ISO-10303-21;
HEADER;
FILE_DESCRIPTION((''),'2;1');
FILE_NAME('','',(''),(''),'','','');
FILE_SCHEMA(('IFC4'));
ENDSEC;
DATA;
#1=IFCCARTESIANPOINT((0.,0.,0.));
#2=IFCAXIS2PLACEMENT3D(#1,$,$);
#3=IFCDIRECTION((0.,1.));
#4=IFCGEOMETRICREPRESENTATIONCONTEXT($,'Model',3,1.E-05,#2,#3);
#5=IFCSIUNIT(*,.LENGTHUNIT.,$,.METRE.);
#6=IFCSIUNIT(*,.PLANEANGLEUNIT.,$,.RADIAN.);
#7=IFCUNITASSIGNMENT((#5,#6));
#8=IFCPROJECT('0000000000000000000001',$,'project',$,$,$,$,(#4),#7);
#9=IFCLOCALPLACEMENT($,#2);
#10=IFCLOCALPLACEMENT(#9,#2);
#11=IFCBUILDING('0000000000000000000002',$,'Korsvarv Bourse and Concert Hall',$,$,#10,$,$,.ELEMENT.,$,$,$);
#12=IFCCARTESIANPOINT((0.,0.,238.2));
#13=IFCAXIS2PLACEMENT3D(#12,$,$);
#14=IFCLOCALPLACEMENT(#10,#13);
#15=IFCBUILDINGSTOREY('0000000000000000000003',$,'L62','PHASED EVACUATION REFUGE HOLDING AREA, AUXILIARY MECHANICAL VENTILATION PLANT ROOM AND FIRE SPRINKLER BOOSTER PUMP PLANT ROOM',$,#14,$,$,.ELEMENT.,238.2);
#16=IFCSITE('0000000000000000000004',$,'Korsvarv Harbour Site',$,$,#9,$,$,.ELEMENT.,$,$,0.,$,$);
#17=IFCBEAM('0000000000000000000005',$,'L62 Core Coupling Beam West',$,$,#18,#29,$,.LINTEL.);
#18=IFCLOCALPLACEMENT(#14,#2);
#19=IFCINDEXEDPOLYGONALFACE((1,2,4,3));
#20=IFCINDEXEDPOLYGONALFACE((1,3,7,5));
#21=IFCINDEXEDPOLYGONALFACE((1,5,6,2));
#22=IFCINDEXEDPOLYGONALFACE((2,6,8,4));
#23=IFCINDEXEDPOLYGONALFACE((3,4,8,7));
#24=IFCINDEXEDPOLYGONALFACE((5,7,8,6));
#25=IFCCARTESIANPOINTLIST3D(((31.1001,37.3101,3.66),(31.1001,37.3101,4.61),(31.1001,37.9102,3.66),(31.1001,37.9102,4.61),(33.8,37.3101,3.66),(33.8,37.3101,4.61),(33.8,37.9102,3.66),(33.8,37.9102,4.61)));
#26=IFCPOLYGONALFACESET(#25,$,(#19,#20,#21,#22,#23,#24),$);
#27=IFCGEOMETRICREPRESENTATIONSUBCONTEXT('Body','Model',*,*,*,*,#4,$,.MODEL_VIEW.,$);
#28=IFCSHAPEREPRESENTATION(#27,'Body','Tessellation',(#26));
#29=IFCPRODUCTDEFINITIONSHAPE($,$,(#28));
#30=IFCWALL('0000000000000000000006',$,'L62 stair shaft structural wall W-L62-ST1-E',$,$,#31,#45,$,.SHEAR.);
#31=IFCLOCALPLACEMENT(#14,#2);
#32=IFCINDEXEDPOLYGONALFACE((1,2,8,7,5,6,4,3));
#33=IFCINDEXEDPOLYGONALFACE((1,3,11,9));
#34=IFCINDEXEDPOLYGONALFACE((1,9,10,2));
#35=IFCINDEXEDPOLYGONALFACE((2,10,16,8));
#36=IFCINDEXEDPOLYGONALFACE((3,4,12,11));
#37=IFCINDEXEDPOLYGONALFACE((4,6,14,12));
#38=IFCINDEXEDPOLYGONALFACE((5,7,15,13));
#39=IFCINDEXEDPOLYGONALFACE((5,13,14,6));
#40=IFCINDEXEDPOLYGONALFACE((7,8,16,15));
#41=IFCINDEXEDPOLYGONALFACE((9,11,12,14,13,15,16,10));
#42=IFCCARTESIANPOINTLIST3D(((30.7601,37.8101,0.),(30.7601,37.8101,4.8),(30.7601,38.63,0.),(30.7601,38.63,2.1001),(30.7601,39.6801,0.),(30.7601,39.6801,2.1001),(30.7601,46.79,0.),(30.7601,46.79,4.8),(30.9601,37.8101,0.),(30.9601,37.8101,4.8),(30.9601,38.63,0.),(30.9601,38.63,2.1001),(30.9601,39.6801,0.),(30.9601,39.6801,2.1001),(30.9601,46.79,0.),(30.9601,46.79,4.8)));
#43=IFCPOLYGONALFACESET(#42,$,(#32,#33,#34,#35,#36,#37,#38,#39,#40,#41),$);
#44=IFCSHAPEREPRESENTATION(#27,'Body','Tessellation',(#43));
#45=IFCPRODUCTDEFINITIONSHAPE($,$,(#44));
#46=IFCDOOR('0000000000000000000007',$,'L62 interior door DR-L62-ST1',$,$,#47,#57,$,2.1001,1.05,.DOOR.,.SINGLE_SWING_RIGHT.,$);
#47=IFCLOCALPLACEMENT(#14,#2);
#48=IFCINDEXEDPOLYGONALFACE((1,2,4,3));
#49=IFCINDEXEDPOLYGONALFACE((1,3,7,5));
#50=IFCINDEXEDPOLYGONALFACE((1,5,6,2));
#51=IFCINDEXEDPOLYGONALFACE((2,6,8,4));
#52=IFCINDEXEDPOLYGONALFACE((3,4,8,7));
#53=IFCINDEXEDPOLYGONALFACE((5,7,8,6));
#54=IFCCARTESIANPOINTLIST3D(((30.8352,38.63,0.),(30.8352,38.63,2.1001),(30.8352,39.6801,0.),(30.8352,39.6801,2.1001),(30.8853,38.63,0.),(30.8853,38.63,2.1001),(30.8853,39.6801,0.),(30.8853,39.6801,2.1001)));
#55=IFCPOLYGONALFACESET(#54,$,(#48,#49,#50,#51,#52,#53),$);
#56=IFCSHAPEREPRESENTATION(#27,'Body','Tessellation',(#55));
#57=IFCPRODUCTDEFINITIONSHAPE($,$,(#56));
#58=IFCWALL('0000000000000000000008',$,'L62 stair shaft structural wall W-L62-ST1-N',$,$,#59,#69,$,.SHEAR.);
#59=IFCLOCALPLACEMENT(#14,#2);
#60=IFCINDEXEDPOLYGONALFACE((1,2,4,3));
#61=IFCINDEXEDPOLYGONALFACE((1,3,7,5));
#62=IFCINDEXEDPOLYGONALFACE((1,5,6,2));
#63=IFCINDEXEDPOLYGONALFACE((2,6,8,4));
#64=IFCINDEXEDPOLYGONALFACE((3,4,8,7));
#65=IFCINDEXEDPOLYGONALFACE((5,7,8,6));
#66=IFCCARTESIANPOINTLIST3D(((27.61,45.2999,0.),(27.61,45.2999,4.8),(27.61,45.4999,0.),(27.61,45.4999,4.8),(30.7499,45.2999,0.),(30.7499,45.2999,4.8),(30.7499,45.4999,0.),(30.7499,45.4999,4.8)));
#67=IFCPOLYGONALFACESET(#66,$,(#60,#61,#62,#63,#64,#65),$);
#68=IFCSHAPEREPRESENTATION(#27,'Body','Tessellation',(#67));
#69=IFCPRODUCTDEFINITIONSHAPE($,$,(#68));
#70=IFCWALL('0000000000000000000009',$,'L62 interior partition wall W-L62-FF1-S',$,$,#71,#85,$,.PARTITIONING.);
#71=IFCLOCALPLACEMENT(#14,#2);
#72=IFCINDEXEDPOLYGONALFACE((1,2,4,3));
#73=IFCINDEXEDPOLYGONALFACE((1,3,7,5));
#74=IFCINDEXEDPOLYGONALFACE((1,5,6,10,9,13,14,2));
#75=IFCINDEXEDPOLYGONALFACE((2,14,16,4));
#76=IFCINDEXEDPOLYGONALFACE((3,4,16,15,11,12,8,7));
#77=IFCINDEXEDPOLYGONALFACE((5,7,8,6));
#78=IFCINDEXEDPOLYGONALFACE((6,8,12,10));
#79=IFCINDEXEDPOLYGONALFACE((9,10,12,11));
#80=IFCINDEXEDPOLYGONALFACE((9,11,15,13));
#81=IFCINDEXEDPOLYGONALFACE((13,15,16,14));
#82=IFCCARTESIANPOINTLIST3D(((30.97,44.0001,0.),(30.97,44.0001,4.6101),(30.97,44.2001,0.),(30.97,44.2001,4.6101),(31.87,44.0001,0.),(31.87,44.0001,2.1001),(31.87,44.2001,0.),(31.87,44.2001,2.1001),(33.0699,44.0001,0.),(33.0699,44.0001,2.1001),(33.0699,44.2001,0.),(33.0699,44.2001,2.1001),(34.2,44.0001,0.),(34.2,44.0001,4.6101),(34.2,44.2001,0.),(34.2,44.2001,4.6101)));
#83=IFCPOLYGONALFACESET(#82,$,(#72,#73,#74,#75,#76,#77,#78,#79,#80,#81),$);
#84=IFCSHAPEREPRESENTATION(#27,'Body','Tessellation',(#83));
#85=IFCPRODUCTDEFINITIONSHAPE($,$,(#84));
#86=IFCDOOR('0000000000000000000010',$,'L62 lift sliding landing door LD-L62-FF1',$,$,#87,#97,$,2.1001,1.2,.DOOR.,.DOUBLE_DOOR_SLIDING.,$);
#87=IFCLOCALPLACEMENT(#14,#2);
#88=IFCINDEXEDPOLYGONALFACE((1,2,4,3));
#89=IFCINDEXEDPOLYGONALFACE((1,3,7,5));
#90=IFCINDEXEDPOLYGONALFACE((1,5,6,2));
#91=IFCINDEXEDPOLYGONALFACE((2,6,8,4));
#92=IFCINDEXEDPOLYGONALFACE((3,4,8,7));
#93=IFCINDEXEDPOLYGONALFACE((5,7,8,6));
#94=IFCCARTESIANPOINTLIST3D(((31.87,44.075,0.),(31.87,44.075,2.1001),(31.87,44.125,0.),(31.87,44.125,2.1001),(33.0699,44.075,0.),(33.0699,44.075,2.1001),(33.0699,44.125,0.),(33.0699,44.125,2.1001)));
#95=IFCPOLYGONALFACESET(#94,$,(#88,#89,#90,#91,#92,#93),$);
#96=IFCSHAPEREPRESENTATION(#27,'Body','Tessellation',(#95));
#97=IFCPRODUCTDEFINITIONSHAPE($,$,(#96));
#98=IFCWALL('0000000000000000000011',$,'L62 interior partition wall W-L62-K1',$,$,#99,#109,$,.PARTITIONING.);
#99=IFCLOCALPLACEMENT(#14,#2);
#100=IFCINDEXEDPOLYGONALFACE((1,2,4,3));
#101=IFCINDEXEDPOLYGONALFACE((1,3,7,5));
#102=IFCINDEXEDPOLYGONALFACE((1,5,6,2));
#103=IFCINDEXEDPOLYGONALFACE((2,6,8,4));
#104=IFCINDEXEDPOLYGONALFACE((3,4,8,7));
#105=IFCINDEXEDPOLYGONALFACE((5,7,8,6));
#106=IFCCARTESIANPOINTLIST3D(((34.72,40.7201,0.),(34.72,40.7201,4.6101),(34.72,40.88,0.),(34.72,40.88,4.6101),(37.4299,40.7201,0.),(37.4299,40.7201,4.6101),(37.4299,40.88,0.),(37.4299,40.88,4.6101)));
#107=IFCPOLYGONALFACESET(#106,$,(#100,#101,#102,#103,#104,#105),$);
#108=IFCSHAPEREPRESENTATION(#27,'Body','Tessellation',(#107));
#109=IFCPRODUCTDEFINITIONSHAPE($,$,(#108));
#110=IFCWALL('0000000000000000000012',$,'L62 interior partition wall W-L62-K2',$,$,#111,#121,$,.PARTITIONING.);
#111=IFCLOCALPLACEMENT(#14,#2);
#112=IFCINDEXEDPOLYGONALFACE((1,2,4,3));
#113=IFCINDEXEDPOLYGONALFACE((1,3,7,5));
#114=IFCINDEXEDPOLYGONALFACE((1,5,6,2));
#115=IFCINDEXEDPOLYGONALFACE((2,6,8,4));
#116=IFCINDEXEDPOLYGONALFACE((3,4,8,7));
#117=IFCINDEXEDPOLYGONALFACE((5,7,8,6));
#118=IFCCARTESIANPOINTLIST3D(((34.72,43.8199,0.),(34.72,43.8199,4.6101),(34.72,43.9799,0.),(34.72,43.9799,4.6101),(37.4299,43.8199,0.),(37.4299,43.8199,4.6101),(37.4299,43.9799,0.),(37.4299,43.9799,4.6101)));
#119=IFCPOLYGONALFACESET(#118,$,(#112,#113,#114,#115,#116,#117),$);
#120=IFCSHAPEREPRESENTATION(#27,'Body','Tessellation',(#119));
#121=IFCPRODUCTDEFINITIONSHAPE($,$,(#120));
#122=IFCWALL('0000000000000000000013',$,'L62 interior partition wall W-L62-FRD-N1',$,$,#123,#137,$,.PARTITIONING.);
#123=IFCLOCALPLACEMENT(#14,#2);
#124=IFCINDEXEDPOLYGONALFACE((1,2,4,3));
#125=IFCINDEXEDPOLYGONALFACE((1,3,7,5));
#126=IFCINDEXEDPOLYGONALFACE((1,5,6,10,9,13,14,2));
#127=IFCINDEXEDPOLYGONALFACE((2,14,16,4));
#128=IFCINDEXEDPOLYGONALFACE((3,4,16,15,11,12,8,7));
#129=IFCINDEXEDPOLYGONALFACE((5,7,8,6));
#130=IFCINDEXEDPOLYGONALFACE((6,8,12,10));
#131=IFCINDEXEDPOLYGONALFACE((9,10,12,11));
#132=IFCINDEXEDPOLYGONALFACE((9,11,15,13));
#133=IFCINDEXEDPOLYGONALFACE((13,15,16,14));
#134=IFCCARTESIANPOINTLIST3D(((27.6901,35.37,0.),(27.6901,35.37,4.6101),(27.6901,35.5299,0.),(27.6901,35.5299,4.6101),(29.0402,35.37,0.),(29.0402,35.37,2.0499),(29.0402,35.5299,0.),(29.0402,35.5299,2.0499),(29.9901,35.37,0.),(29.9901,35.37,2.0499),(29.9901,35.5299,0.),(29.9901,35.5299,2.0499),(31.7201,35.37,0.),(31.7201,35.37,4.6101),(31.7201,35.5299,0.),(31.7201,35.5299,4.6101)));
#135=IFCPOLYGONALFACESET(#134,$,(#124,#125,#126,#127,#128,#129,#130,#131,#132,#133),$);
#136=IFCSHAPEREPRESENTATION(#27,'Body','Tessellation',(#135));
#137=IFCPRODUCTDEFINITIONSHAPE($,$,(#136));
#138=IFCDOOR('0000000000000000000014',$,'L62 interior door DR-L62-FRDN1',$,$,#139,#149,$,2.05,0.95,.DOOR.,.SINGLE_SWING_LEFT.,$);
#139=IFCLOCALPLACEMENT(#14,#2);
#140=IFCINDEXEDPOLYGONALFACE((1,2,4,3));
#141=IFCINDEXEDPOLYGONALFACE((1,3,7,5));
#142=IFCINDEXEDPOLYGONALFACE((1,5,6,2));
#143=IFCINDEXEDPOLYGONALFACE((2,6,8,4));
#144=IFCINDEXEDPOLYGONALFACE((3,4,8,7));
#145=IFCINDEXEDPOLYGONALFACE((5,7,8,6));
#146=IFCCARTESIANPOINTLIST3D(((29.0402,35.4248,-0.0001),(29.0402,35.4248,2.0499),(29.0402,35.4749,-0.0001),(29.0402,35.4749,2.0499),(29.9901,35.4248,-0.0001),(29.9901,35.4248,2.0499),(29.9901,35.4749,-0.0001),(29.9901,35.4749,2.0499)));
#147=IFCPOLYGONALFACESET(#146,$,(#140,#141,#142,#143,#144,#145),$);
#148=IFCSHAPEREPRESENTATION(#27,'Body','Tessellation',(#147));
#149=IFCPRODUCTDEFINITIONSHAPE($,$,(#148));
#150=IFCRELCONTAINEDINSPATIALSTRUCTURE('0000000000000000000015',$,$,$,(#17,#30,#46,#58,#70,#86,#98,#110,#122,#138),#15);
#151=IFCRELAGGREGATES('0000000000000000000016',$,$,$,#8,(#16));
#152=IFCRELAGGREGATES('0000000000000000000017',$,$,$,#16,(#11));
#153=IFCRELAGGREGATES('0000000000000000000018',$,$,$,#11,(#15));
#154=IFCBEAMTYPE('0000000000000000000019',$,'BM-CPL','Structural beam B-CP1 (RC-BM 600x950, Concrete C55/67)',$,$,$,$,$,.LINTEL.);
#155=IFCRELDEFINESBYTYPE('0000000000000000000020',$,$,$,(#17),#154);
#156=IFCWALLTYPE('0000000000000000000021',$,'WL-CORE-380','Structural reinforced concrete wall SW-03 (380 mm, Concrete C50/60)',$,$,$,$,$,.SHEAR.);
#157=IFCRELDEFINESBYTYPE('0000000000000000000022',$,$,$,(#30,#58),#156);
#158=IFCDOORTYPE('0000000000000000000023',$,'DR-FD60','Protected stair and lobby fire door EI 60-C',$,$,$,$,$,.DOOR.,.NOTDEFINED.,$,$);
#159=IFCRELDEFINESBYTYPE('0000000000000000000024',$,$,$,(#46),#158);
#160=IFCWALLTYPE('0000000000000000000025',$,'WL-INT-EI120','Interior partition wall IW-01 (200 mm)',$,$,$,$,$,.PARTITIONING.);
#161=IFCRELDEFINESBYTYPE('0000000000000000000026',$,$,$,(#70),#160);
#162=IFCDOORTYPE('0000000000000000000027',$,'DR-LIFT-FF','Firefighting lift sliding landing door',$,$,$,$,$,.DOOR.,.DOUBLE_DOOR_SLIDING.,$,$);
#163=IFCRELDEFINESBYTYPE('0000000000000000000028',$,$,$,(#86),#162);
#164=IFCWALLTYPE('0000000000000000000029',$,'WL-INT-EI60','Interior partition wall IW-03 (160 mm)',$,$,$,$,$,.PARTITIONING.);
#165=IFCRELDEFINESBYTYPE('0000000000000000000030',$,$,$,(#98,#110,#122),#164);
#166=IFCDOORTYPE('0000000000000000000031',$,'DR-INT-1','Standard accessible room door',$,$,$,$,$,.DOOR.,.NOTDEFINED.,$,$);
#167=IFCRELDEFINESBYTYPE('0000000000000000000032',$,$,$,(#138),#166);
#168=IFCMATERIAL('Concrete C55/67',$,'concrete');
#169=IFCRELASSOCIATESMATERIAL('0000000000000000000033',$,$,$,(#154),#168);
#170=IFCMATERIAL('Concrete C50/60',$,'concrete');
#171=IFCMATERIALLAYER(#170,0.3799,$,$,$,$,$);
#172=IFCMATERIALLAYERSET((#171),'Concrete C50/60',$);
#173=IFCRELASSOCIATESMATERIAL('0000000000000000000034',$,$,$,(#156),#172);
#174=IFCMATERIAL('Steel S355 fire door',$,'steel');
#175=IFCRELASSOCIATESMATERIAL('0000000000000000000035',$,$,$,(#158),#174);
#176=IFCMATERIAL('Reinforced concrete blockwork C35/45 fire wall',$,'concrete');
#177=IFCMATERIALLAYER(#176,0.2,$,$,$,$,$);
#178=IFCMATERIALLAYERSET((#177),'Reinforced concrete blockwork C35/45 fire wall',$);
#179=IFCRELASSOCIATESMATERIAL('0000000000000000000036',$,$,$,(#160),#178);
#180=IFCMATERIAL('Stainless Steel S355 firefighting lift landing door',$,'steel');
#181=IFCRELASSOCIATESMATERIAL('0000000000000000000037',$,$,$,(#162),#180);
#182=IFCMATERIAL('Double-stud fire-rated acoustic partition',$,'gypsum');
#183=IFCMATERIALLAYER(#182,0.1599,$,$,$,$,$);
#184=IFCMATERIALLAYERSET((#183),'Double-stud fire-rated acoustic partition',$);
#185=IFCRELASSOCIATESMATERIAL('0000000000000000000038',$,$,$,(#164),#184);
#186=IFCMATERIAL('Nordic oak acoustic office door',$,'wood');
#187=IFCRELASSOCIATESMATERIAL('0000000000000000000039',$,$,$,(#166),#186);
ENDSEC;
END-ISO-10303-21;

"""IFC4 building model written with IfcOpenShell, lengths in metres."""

from ifc_helpers import new_model, si_unit, direction, frame, frame_2d, origin, origin_2d, place, context, subcontext, project, spatial, rectangle, extrude, source, transform, mapped, material, layer, layer_set, material_profile, profile_set, type_object, element, fill, save


model = new_model("IFC4")

# Units and contexts
model_context = context("Model", 3, precision=1e-05, world=origin(), true_north=direction((0.0, 1.0)))
body_context = subcontext(model_context, "Body", "Model", "MODEL_VIEW")
ifc_project = project(units=[si_unit("LENGTHUNIT", "METRE"), si_unit("PLANEANGLEUNIT", "RADIAN")], contexts=[model_context])

# Site, building, storey
site_placement = place(None, origin())
site = spatial("IfcSite", under=ifc_project, at=site_placement, Name="Korsvarv Harbour Site", CompositionType="ELEMENT", RefElevation=0.0)
building_placement = place(site_placement, origin())
building = spatial("IfcBuilding", under=site, at=building_placement, Name="Korsvarv Bourse and Concert Hall", CompositionType="ELEMENT")
storey_placement = place(building_placement, frame((0.0, 0.0, 238.2)))
storey = spatial("IfcBuildingStorey", under=building, at=storey_placement, Name="L62", Description="PHASED EVACUATION REFUGE HOLDING AREA, AUXILIARY MECHANICAL VENTILATION PLANT ROOM AND FIRE SPRINKLER BOOSTER PUMP PLANT ROOM", CompositionType="ELEMENT", Elevation=238.2)

# Beam
ifc_material_1 = material(Name="Concrete C55/67", Category="concrete")
ifc_material_profile = material_profile(ifc_material_1, rectangle(XDim=0.6001, YDim=0.95, at=origin_2d()), Name="RC-BM 600x950")
ifc_profile_set = profile_set([ifc_material_profile], Name="Concrete C55/67")
beam_type = type_object("IfcBeamType", Name="BM-CPL", Description="Structural beam B-CP1 (RC-BM 600x950, Concrete C55/67)", PredefinedType="LINTEL", material=ifc_profile_set)
shared_shape = source(origin(), body_context, "Body", "SweptSolid", [
    extrude(rectangle(XDim=0.6001, YDim=0.95, at=origin_2d()), origin(), (0.0, 0.0, 1.0), 2.7),
])
beam_placement = place(storey_placement, frame((31.1001, 37.6101, 4.135), z_axis=(1.0, 0.0, 0.0), x_axis=(0.0, 1.0, 0.0)))
element("IfcBeam", 1, at=beam_placement, inside=storey, type_object=beam_type, Name="L62 Core Coupling Beam West", PredefinedType="LINTEL", context=body_context, shape_type="MappedRepresentation", body=[
    mapped(shared_shape, transform((0.0, 0.0, 0.0), scale=1.0)),
])

# Wall, opening, door
ifc_material_2 = material(Name="Concrete C50/60", Category="concrete")
ifc_layer_1 = layer(ifc_material_2, 0.3799)
ifc_layer_set_1 = layer_set([ifc_layer_1], Name="Concrete C50/60")
wall_type_1 = type_object("IfcWallType", Name="WL-CORE-380", Description="Structural reinforced concrete wall SW-03 (380 mm, Concrete C50/60)", PredefinedType="SHEAR", material=ifc_layer_set_1)
wall_1_placement = place(storey_placement, frame((30.8601, 37.8101, 0.0), z_axis=(0.0, 0.0, 1.0), x_axis=(0.0, 1.0, 0.0)))
wall_1 = element("IfcWall", 2, at=wall_1_placement, inside=storey, type_object=wall_type_1, Name="L62 stair shaft structural wall W-L62-ST1-E", PredefinedType="SHEAR", context=body_context, shape_type="SweptSolid", body=[
    extrude(rectangle(XDim=8.98, YDim=0.2, at=frame_2d((4.49, 0.0))), origin(), (0.0, 0.0, 1.0), 4.8),
])
opening_1_placement = place(wall_1_placement, frame((0.8201, 0.0, 0.0)))
opening_1 = element("IfcOpeningElement", 3, at=opening_1_placement, cuts=wall_1, PredefinedType="OPENING", context=body_context, shape_type="SweptSolid", body=[
    extrude(rectangle(XDim=1.05, YDim=2.1001, at=frame_2d((0.5249, 1.05))), frame((0.0, 0.1099, 0.0), z_axis=(0.0, -1.0, 0.0), x_axis=(1.0, 0.0, 0.0)), (0.0, 0.0, 1.0), 0.22),
])
ifc_material_3 = material(Name="Steel S355 fire door", Category="steel")
door_type_1 = type_object("IfcDoorType", Name="DR-FD60", Description="Protected stair and lobby fire door EI 60-C", OperationType="NOTDEFINED", PredefinedType="DOOR", material=ifc_material_3)
door_1_placement = place(opening_1_placement, origin())
door_1 = element("IfcDoor", 4, at=door_1_placement, inside=storey, type_object=door_type_1, Name="L62 interior door DR-L62-ST1", OperationType="SINGLE_SWING_RIGHT", OverallHeight=2.1001, OverallWidth=1.05, PredefinedType="DOOR", context=body_context, shape_type="SweptSolid", body=[
    extrude(rectangle(XDim=1.05, YDim=2.1001, at=frame_2d((0.5249, 1.05))), frame((0.0, 0.0249, 0.0), z_axis=(0.0, -1.0, 0.0), x_axis=(1.0, 0.0, 0.0)), (0.0, 0.0, 1.0), 0.05),
])
fill(opening_1, door_1)

# Wall
wall_2_placement = place(storey_placement, frame((27.6101, 45.3999, 0.0), z_axis=(0.0, 0.0, 1.0), x_axis=(1.0, 0.0, 0.0)))
element("IfcWall", 5, at=wall_2_placement, inside=storey, type_object=wall_type_1, Name="L62 stair shaft structural wall W-L62-ST1-N", PredefinedType="SHEAR", context=body_context, shape_type="SweptSolid", body=[
    extrude(rectangle(XDim=3.1399, YDim=0.2, at=frame_2d((1.5698, 0.0))), origin(), (0.0, 0.0, 1.0), 4.8),
])

# Wall, opening, door
ifc_material_4 = material(Name="Reinforced concrete blockwork C35/45 fire wall", Category="concrete")
ifc_layer_2 = layer(ifc_material_4, 0.2)
ifc_layer_set_2 = layer_set([ifc_layer_2], Name="Reinforced concrete blockwork C35/45 fire wall")
wall_type_2 = type_object("IfcWallType", Name="WL-INT-EI120", Description="Interior partition wall IW-01 (200 mm)", PredefinedType="PARTITIONING", material=ifc_layer_set_2)
wall_3_placement = place(storey_placement, frame((30.97, 44.1001, 0.0), z_axis=(0.0, 0.0, 1.0), x_axis=(1.0, 0.0, 0.0)))
wall_3 = element("IfcWall", 6, at=wall_3_placement, inside=storey, type_object=wall_type_2, Name="L62 interior partition wall W-L62-FF1-S", PredefinedType="PARTITIONING", context=body_context, shape_type="SweptSolid", body=[
    extrude(rectangle(XDim=3.23, YDim=0.2, at=frame_2d((1.615, 0.0))), origin(), (0.0, 0.0, 1.0), 4.6101),
])
opening_2_placement = place(wall_3_placement, frame((0.8999, 0.0, 0.0)))
opening_2 = element("IfcOpeningElement", 7, at=opening_2_placement, cuts=wall_3, PredefinedType="OPENING", context=body_context, shape_type="SweptSolid", body=[
    extrude(rectangle(XDim=1.2, YDim=2.1001, at=frame_2d((0.6001, 1.05))), frame((0.0, 0.1099, 0.0), z_axis=(0.0, -1.0, 0.0), x_axis=(1.0, 0.0, 0.0)), (0.0, 0.0, 1.0), 0.22),
])
ifc_material_5 = material(Name="Stainless Steel S355 firefighting lift landing door", Category="steel")
door_type_2 = type_object("IfcDoorType", Name="DR-LIFT-FF", Description="Firefighting lift sliding landing door", OperationType="DOUBLE_DOOR_SLIDING", PredefinedType="DOOR", material=ifc_material_5)
door_2_placement = place(opening_2_placement, origin())
door_2 = element("IfcDoor", 8, at=door_2_placement, inside=storey, type_object=door_type_2, Name="L62 lift sliding landing door LD-L62-FF1", OperationType="DOUBLE_DOOR_SLIDING", OverallHeight=2.1001, OverallWidth=1.2, PredefinedType="DOOR", context=body_context, shape_type="SweptSolid", body=[
    extrude(rectangle(XDim=1.2, YDim=2.1001, at=frame_2d((0.6001, 1.05))), frame((0.0, 0.0249, 0.0), z_axis=(0.0, -1.0, 0.0), x_axis=(1.0, 0.0, 0.0)), (0.0, 0.0, 1.0), 0.05),
])
fill(opening_2, door_2)

# Walls
ifc_material_6 = material(Name="Double-stud fire-rated acoustic partition", Category="gypsum")
ifc_layer_3 = layer(ifc_material_6, 0.1599)
ifc_layer_set_3 = layer_set([ifc_layer_3], Name="Double-stud fire-rated acoustic partition")
wall_type_3 = type_object("IfcWallType", Name="WL-INT-EI60", Description="Interior partition wall IW-03 (160 mm)", PredefinedType="PARTITIONING", material=ifc_layer_set_3)
for number, where, z_axis, x_axis, name in (
    (9, (34.72, 40.8, 0.0), (0.0, 0.0, 1.0), (1.0, 0.0, 0.0), "L62 interior partition wall W-L62-K1"),
    (10, (34.72, 43.8999, 0.0), (0.0, 0.0, 1.0), (1.0, 0.0, 0.0), "L62 interior partition wall W-L62-K2"),
):
    element("IfcWall", number, at=place(storey_placement, frame(where, z_axis=z_axis, x_axis=x_axis)), inside=storey, type_object=wall_type_3, Name=name, PredefinedType="PARTITIONING", context=body_context, shape_type="SweptSolid", body=[
        extrude(rectangle(XDim=2.71, YDim=0.1599, at=frame_2d((1.355, 0.0))), origin(), (0.0, 0.0, 1.0), 4.6101),
    ])

# Wall, opening, door
wall_4_placement = place(storey_placement, frame((27.6899, 35.45, 0.0), z_axis=(0.0, 0.0, 1.0), x_axis=(1.0, 0.0, 0.0)))
wall_4 = element("IfcWall", 11, at=wall_4_placement, inside=storey, type_object=wall_type_3, Name="L62 interior partition wall W-L62-FRD-N1", PredefinedType="PARTITIONING", context=body_context, shape_type="SweptSolid", body=[
    extrude(rectangle(XDim=4.03, YDim=0.1599, at=frame_2d((2.0151, 0.0))), origin(), (0.0, 0.0, 1.0), 4.6101),
])
opening_3_placement = place(wall_4_placement, frame((1.3501, 0.0, 0.0)))
opening_3 = element("IfcOpeningElement", 12, at=opening_3_placement, cuts=wall_4, PredefinedType="OPENING", context=body_context, shape_type="SweptSolid", body=[
    extrude(rectangle(XDim=0.95, YDim=2.05, at=frame_2d((0.4751, 1.0249))), frame((0.0, 0.0898, 0.0), z_axis=(0.0, -1.0, 0.0), x_axis=(1.0, 0.0, 0.0)), (0.0, 0.0, 1.0), 0.1799),
])
ifc_material_7 = material(Name="Nordic oak acoustic office door", Category="wood")
door_type_3 = type_object("IfcDoorType", Name="DR-INT-1", Description="Standard accessible room door", OperationType="NOTDEFINED", PredefinedType="DOOR", material=ifc_material_7)
door_3_placement = place(opening_3_placement, origin())
door_3 = element("IfcDoor", 13, at=door_3_placement, inside=storey, type_object=door_type_3, Name="L62 interior door DR-L62-FRDN1", OperationType="SINGLE_SWING_LEFT", OverallHeight=2.05, OverallWidth=0.95, PredefinedType="DOOR", context=body_context, shape_type="SweptSolid", body=[
    extrude(rectangle(XDim=0.95, YDim=2.05, at=frame_2d((0.4751, 1.0249))), frame((0.0, 0.0249, 0.0), z_axis=(0.0, -1.0, 0.0), x_axis=(1.0, 0.0, 0.0)), (0.0, 0.0, 1.0), 0.05),
])
fill(opening_3, door_3)

save(model, "model.ifc")
